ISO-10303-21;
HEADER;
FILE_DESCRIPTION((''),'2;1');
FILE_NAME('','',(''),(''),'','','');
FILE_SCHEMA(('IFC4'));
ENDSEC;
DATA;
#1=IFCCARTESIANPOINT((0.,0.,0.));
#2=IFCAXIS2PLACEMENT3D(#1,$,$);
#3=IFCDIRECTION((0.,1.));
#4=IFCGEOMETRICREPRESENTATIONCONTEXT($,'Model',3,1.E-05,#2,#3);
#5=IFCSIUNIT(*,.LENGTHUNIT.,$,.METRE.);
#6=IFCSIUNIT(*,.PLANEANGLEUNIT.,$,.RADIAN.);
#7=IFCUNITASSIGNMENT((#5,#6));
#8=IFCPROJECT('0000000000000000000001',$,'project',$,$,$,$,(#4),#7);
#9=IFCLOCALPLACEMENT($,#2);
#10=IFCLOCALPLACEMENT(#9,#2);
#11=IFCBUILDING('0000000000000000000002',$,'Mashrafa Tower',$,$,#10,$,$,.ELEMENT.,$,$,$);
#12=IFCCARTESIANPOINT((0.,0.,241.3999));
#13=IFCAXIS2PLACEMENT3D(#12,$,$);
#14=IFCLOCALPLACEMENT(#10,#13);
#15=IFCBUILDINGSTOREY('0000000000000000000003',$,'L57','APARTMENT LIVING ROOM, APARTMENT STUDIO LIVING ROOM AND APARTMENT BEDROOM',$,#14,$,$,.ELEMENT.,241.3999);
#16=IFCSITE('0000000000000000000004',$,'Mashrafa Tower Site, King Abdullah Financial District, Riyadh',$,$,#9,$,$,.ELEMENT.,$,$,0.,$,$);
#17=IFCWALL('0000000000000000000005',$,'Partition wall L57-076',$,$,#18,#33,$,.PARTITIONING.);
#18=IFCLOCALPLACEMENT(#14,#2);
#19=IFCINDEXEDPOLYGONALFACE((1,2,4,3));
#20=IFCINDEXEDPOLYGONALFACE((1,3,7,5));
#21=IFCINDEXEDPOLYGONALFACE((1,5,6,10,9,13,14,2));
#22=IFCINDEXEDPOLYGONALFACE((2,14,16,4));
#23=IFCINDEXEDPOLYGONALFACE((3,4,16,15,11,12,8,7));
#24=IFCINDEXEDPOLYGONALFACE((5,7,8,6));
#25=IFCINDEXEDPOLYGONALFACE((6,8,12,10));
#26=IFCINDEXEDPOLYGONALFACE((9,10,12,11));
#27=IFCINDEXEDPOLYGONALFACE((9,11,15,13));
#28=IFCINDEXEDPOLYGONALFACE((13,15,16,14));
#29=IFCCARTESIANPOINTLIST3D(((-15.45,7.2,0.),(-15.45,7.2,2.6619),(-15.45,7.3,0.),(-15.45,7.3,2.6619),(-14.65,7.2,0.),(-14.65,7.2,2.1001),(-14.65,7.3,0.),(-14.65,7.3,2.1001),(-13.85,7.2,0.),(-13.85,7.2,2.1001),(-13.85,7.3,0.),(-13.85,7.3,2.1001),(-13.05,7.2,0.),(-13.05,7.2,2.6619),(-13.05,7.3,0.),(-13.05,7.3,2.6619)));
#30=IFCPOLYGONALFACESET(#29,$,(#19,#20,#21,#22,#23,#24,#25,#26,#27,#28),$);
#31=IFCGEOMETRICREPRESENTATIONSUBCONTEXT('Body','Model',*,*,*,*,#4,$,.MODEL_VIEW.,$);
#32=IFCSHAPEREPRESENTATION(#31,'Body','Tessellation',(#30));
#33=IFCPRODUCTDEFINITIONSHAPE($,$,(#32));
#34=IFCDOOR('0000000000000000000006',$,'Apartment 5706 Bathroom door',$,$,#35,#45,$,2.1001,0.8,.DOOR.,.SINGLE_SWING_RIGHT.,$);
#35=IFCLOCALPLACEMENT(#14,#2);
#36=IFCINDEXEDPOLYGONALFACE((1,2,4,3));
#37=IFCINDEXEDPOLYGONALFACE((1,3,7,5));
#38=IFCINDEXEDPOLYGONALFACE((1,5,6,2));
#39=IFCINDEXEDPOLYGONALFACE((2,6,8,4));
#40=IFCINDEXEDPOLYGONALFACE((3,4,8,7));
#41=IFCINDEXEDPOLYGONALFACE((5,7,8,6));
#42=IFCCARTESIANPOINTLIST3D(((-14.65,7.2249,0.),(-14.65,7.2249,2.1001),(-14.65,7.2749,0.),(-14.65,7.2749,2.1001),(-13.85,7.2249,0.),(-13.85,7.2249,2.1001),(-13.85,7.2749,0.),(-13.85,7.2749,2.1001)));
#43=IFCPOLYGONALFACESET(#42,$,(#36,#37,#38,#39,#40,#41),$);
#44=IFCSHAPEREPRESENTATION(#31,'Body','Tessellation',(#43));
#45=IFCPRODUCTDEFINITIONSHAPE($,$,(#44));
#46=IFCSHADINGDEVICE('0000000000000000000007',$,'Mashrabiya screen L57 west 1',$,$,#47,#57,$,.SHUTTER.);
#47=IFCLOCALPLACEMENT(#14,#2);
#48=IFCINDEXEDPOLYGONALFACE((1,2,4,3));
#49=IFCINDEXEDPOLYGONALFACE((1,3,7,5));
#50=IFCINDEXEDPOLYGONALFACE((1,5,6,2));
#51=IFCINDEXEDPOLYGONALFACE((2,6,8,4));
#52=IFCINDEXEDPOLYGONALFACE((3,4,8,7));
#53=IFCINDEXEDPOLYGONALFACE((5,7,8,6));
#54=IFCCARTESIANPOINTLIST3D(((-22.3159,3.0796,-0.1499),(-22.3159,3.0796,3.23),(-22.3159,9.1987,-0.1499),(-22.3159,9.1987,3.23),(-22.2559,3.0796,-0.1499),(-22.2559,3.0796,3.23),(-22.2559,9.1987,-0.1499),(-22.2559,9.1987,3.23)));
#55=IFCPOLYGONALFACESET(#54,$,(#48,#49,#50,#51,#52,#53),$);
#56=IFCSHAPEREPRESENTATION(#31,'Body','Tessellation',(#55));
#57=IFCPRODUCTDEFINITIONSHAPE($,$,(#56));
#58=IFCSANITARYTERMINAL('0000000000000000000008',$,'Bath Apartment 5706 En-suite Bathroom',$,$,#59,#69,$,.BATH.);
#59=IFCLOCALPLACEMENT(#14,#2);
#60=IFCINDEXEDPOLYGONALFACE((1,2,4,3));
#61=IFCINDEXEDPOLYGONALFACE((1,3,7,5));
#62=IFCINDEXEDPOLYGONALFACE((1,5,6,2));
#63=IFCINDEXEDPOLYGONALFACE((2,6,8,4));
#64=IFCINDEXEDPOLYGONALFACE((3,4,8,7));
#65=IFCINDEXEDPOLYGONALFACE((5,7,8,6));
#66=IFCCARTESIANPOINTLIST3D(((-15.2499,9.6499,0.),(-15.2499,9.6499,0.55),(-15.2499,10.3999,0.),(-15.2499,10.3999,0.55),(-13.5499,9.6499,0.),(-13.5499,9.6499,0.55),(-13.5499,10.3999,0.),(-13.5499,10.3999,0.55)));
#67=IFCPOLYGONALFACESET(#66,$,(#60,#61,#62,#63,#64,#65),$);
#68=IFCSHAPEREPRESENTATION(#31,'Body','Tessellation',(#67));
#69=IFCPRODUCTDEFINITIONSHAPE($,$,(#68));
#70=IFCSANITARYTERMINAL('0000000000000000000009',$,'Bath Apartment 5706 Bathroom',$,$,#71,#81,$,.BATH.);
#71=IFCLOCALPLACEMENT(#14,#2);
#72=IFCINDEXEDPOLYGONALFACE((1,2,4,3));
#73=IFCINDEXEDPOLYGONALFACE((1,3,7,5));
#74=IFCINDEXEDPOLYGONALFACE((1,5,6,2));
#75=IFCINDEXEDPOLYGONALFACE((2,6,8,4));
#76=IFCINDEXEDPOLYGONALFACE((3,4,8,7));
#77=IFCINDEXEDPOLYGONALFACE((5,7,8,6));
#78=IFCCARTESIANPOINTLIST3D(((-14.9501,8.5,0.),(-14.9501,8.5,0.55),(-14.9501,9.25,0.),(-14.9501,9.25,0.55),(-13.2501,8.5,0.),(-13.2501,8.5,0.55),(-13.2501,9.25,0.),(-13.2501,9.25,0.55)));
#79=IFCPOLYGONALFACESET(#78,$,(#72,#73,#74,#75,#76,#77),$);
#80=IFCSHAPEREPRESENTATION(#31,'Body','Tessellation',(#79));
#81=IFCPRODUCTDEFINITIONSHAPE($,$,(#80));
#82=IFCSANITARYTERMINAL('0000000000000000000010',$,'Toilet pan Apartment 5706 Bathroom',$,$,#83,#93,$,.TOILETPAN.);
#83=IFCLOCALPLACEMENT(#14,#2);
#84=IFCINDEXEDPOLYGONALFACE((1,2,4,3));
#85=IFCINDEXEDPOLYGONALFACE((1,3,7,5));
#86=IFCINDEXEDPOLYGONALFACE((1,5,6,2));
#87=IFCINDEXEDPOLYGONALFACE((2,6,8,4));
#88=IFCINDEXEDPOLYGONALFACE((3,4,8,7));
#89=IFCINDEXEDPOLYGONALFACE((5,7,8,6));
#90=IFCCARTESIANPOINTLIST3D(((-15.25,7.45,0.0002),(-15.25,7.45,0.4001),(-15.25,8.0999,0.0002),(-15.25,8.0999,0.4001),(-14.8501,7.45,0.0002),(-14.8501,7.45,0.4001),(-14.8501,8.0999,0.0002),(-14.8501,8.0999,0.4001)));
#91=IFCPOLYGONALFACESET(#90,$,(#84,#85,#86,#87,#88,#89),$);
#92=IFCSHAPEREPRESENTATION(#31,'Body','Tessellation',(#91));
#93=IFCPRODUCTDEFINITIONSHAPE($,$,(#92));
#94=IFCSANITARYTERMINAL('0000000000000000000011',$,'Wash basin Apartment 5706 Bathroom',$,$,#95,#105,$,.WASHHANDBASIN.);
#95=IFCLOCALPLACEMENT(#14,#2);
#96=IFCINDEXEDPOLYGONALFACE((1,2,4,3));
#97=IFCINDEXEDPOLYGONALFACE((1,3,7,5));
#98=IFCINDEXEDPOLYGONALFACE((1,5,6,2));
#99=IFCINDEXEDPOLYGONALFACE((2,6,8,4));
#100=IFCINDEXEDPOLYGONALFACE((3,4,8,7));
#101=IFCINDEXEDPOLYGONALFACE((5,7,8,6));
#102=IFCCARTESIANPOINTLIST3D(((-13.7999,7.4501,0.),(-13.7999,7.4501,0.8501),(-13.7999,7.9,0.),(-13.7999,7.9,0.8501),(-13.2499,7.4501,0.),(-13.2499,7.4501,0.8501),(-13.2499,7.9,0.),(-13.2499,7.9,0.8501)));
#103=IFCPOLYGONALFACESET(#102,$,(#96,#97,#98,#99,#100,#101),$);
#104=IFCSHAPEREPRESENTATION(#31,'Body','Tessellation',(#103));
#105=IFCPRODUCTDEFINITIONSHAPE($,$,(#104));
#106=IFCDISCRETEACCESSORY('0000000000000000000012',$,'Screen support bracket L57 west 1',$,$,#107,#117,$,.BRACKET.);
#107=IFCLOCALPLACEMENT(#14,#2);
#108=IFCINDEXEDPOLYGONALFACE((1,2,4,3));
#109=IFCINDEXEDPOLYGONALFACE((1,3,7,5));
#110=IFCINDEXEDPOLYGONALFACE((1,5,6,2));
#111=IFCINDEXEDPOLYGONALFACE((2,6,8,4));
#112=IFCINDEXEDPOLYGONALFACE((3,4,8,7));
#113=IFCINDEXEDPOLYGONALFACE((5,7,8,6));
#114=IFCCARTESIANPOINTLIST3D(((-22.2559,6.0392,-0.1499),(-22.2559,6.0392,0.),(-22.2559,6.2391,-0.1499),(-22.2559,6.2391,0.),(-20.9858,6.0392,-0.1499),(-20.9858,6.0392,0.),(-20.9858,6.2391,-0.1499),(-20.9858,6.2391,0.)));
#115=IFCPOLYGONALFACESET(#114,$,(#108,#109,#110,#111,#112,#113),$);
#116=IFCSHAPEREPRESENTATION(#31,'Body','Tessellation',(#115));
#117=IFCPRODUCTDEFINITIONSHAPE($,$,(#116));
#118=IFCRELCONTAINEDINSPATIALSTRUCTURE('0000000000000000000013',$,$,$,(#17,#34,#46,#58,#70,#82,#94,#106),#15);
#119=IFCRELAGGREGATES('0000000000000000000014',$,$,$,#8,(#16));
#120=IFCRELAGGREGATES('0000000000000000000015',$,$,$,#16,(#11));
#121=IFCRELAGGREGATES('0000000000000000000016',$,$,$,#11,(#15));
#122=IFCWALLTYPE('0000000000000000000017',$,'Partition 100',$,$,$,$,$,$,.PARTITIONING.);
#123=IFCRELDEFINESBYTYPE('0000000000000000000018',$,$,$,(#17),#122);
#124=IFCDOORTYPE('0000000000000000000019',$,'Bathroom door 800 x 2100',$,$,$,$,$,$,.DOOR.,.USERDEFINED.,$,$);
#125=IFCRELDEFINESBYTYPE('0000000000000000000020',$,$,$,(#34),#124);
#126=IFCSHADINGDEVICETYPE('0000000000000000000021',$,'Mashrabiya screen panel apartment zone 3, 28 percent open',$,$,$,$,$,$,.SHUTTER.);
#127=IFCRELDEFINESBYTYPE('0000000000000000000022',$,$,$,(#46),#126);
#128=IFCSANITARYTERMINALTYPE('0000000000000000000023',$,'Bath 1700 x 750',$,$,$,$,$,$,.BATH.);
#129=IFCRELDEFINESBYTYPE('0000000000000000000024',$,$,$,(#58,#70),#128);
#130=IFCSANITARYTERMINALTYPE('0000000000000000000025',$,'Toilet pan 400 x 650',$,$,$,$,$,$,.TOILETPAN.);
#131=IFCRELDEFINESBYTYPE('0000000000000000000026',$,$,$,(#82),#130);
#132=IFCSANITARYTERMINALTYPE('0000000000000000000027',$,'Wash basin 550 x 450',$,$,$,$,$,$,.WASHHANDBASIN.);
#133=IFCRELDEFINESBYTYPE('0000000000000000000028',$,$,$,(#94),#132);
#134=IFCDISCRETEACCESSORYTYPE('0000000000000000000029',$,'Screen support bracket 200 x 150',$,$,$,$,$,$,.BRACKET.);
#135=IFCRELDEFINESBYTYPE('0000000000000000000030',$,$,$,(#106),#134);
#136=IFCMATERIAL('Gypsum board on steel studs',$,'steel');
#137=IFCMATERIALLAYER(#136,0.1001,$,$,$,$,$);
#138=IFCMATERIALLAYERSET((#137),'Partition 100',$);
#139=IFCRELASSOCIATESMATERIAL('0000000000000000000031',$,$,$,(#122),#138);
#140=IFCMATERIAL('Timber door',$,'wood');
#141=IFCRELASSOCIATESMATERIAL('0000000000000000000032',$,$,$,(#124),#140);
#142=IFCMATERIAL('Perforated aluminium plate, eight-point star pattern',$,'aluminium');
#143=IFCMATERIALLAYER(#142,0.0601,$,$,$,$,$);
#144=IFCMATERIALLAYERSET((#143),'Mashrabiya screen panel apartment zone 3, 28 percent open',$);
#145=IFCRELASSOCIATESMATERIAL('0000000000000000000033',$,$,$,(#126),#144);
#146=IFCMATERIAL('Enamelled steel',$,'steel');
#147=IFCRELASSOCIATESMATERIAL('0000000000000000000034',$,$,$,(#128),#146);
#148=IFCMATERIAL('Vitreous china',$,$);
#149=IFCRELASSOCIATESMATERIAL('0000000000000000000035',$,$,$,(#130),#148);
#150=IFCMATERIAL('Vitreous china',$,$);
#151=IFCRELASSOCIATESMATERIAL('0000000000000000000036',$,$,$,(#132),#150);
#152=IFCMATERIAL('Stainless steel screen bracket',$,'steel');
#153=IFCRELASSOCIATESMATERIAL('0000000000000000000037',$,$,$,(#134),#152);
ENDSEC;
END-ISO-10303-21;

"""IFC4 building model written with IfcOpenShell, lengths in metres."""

from ifc_helpers import new_model, si_unit, direction, frame, frame_2d, origin, origin_2d, place, context, subcontext, project, spatial, rectangle, extrude, source, transform, mapped, material, layer, layer_set, type_object, type_shapes, element, fill, save


model = new_model("IFC4")

# Units and contexts
model_context = context("Model", 3, precision=1e-05, world=origin(), true_north=direction((0.0, 1.0)))
body_context = subcontext(model_context, "Body", "Model", "MODEL_VIEW")
ifc_project = project(units=[si_unit("LENGTHUNIT", "METRE"), si_unit("PLANEANGLEUNIT", "RADIAN")], contexts=[model_context])

# Site, building, storey
site_placement = place(None, origin())
site = spatial("IfcSite", under=ifc_project, at=site_placement, Name="Mashrafa Tower Site, King Abdullah Financial District, Riyadh", CompositionType="ELEMENT", RefElevation=0.0)
building_placement = place(site_placement, origin())
building = spatial("IfcBuilding", under=site, at=building_placement, Name="Mashrafa Tower", CompositionType="ELEMENT")
storey_placement = place(building_placement, frame((0.0, 0.0, 241.3999)))
storey = spatial("IfcBuildingStorey", under=building, at=storey_placement, Name="L57", Description="APARTMENT LIVING ROOM, APARTMENT STUDIO LIVING ROOM AND APARTMENT BEDROOM", CompositionType="ELEMENT", Elevation=241.3999)

# Shared definitions
ifc_material_1 = material(Name="Gypsum board on steel studs", Category="steel")
ifc_layer_1 = layer(ifc_material_1, 0.1001)
ifc_layer_set_1 = layer_set([ifc_layer_1], Name="Partition 100")
wall_type_1 = type_object("IfcWallType", Name="Partition 100", PredefinedType="PARTITIONING", material=ifc_layer_set_1)

# Wall, opening, door
wall_1_placement = place(storey_placement, frame((-15.45, 7.25, 0.0), z_axis=(0.0, 0.0, 1.0), x_axis=(1.0, 0.0, 0.0)))
wall_1 = element("IfcWall", 1, at=wall_1_placement, inside=storey, type_object=wall_type_1, Name="Partition wall L57-076", PredefinedType="PARTITIONING", context=body_context, shape_type="SweptSolid", body=[
    extrude(rectangle(XDim=2.3999, YDim=0.1001, at=frame_2d((1.2, 0.0))), origin(), (0.0, 0.0, 1.0), 2.6619),
])
opening_1_placement = place(wall_1_placement, frame((0.8, 0.0, 0.0)))
opening_1 = element("IfcOpeningElement", 2, at=opening_1_placement, cuts=wall_1, PredefinedType="OPENING", context=body_context, shape_type="SweptSolid", body=[
    extrude(rectangle(XDim=0.8, YDim=2.1001, at=frame_2d((0.3999, 1.05))), frame((0.0, 0.0601, 0.0), z_axis=(0.0, -1.0, 0.0), x_axis=(1.0, 0.0, 0.0)), (0.0, 0.0, 1.0), 0.1201),
])
ifc_material_2 = material(Name="Timber door", Category="wood")
door_type_1 = type_object("IfcDoorType", Name="Bathroom door 800 x 2100", OperationType="USERDEFINED", PredefinedType="DOOR", material=ifc_material_2)
door_1_placement = place(opening_1_placement, origin())
door_1 = element("IfcDoor", 3, at=door_1_placement, inside=storey, type_object=door_type_1, Name="Apartment 5706 Bathroom door", OperationType="SINGLE_SWING_RIGHT", OverallHeight=2.1001, OverallWidth=0.8, PredefinedType="DOOR", context=body_context, shape_type="SweptSolid", body=[
    extrude(rectangle(XDim=0.8, YDim=2.1001, at=frame_2d((0.3999, 1.05))), frame((0.0, 0.0249, 0.0), z_axis=(0.0, -1.0, 0.0), x_axis=(1.0, 0.0, 0.0)), (0.0, 0.0, 1.0), 0.05),
])
fill(opening_1, door_1)

# Shading device
ifc_material_3 = material(Name="Perforated aluminium plate, eight-point star pattern", Category="aluminium")
ifc_layer_2 = layer(ifc_material_3, 0.0601)
ifc_layer_set_2 = layer_set([ifc_layer_2], Name="Mashrabiya screen panel apartment zone 3, 28 percent open")
shading_device_type = type_object("IfcShadingDeviceType", Name="Mashrabiya screen panel apartment zone 3, 28 percent open", PredefinedType="SHUTTER", material=ifc_layer_set_2)
shared_shape_1 = source(origin(), body_context, "Body", "SweptSolid", [
    extrude(rectangle(XDim=6.1191, YDim=0.0601, at=origin_2d()), origin(), (0.0, 0.0, 1.0), 3.3799),
])
type_shapes(shading_device_type, [shared_shape_1])
shading_device_placement = place(storey_placement, frame((-22.2859, 6.1392, -0.1499), z_axis=(0.0, 0.0, 1.0), x_axis=(0.0, -1.0, 0.0)))
element("IfcShadingDevice", 4, at=shading_device_placement, inside=storey, type_object=shading_device_type, Name="Mashrabiya screen L57 west 1", PredefinedType="SHUTTER", context=body_context, shape_type="MappedRepresentation", body=[
    mapped(shared_shape_1, transform((0.0, 0.0, 0.0))),
])

# Sanitary terminals
ifc_material_4 = material(Name="Enamelled steel", Category="steel")
sanitary_terminal_type_1 = type_object("IfcSanitaryTerminalType", Name="Bath 1700 x 750", PredefinedType="BATH", material=ifc_material_4)
for number, where, z_axis, x_axis, name in (
    (5, (-14.3999, 10.0249, 0.0), (0.0, 0.0, 1.0), (1.0, 0.0, 0.0), "Bath Apartment 5706 En-suite Bathroom"),
    (6, (-14.1001, 8.875, 0.0), (0.0, 0.0, 1.0), (-1.0, 0.0, 0.0), "Bath Apartment 5706 Bathroom"),
):
    element("IfcSanitaryTerminal", number, at=place(storey_placement, frame(where, z_axis=z_axis, x_axis=x_axis)), inside=storey, type_object=sanitary_terminal_type_1, Name=name, PredefinedType="BATH", context=body_context, shape_type="SweptSolid", body=[
        extrude(rectangle(XDim=1.7, YDim=0.75, at=origin_2d()), origin(), (0.0, 0.0, 1.0), 0.55),
    ])
ifc_material_5 = material(Name="Vitreous china")
sanitary_terminal_type_2 = type_object("IfcSanitaryTerminalType", Name="Toilet pan 400 x 650", PredefinedType="TOILETPAN", material=ifc_material_5)
sanitary_terminal_1_placement = place(storey_placement, frame((-15.05, 7.7749, 0.0002), z_axis=(0.0, 0.0, 1.0), x_axis=(1.0, 0.0, 0.0)))
element("IfcSanitaryTerminal", 7, at=sanitary_terminal_1_placement, inside=storey, type_object=sanitary_terminal_type_2, Name="Toilet pan Apartment 5706 Bathroom", PredefinedType="TOILETPAN", context=body_context, shape_type="SweptSolid", body=[
    extrude(rectangle(XDim=0.3999, YDim=0.6499, at=origin_2d()), origin(), (0.0, 0.0, 1.0), 0.3999),
])
ifc_material_6 = material(Name="Vitreous china")
sanitary_terminal_type_3 = type_object("IfcSanitaryTerminalType", Name="Wash basin 550 x 450", PredefinedType="WASHHANDBASIN", material=ifc_material_6)
sanitary_terminal_2_placement = place(storey_placement, frame((-13.5249, 7.675, 0.0), z_axis=(0.0, 0.0, 1.0), x_axis=(1.0, 0.0, 0.0)))
element("IfcSanitaryTerminal", 8, at=sanitary_terminal_2_placement, inside=storey, type_object=sanitary_terminal_type_3, Name="Wash basin Apartment 5706 Bathroom", PredefinedType="WASHHANDBASIN", context=body_context, shape_type="SweptSolid", body=[
    extrude(rectangle(XDim=0.55, YDim=0.45, at=origin_2d()), origin(), (0.0, 0.0, 1.0), 0.8501),
])

# Discrete accessory
ifc_material_7 = material(Name="Stainless steel screen bracket", Category="steel")
discrete_accessory_type = type_object("IfcDiscreteAccessoryType", Name="Screen support bracket 200 x 150", PredefinedType="BRACKET", material=ifc_material_7)
shared_shape_2 = source(origin(), body_context, "Body", "SweptSolid", [
    extrude(rectangle(XDim=0.2, YDim=1.27, at=origin_2d()), origin(), (0.0, 0.0, 1.0), 0.1499),
])
type_shapes(discrete_accessory_type, [shared_shape_2])
discrete_accessory_placement = place(storey_placement, frame((-21.6208, 6.1392, -0.1499), z_axis=(0.0, 0.0, 1.0), x_axis=(0.0, -1.0, 0.0)))
element("IfcDiscreteAccessory", 9, at=discrete_accessory_placement, inside=storey, type_object=discrete_accessory_type, Name="Screen support bracket L57 west 1", PredefinedType="BRACKET", context=body_context, shape_type="MappedRepresentation", body=[
    mapped(shared_shape_2, transform((0.0, 0.0, 0.0))),
])

save(model, "model.ifc")
